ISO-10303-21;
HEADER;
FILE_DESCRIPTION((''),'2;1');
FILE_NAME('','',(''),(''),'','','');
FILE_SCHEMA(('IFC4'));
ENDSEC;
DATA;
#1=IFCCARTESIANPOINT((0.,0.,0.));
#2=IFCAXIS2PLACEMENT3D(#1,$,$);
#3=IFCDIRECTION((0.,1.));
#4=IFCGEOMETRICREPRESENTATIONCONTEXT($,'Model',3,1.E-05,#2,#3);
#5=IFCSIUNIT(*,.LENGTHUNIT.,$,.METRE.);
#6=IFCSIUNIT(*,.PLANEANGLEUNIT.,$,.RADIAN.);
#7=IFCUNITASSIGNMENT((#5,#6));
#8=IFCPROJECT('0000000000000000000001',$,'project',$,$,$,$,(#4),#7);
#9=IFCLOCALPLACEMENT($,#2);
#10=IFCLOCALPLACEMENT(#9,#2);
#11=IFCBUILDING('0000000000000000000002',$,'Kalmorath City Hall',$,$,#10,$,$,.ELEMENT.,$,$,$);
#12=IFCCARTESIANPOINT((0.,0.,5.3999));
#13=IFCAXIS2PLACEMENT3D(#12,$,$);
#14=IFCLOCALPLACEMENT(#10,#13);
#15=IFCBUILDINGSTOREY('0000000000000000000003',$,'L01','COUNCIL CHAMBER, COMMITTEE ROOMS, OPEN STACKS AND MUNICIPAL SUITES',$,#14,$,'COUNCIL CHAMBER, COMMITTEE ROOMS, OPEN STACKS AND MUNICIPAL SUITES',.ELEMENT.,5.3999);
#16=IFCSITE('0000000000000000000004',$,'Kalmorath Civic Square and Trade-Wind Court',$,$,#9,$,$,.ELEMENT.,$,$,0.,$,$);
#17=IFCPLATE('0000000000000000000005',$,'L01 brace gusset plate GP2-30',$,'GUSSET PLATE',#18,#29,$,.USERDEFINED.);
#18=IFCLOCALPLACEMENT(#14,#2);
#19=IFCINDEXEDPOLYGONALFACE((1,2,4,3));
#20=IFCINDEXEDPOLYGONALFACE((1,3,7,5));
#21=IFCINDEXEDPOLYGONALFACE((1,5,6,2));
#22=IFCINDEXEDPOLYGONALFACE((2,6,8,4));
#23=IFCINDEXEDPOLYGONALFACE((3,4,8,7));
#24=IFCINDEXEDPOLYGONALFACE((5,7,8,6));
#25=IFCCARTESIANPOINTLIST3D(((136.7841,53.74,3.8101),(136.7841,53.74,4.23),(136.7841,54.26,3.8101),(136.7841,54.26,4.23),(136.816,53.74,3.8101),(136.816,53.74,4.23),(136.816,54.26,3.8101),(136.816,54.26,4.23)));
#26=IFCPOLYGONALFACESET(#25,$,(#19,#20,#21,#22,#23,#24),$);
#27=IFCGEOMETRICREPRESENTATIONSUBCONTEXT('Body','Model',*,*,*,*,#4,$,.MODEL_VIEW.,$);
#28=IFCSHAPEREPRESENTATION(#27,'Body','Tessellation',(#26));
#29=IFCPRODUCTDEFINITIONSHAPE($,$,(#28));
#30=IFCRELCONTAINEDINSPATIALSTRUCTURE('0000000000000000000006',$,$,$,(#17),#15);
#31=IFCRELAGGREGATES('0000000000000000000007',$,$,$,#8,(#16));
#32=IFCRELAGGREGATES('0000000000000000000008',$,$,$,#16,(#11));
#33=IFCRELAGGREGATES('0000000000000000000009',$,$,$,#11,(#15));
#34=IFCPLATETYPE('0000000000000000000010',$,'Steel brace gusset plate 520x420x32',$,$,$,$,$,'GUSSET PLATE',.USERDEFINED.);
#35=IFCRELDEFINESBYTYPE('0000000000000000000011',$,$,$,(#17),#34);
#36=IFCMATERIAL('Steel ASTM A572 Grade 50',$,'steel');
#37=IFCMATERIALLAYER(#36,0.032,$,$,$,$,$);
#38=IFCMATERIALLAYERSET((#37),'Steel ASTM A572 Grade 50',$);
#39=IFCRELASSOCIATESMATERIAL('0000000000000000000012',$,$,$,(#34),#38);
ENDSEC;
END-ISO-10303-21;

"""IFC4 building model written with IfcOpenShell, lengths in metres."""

from ifc_helpers import new_model, si_unit, direction, frame, origin, origin_2d, place, context, subcontext, project, spatial, rectangle, extrude, material, layer, layer_set, type_object, element, save


model = new_model("IFC4")

# Units and contexts
model_context = context("Model", 3, precision=1e-05, world=origin(), true_north=direction((0.0, 1.0)))
body_context = subcontext(model_context, "Body", "Model", "MODEL_VIEW")
ifc_project = project(units=[si_unit("LENGTHUNIT", "METRE"), si_unit("PLANEANGLEUNIT", "RADIAN")], contexts=[model_context])

# Site, building, storey
site_placement = place(None, origin())
site = spatial("IfcSite", under=ifc_project, at=site_placement, Name="Kalmorath Civic Square and Trade-Wind Court", CompositionType="ELEMENT", RefElevation=0.0)
building_placement = place(site_placement, origin())
building = spatial("IfcBuilding", under=site, at=building_placement, Name="Kalmorath City Hall", CompositionType="ELEMENT")
storey_placement = place(building_placement, frame((0.0, 0.0, 5.3999)))
storey = spatial("IfcBuildingStorey", under=building, at=storey_placement, Name="L01", Description="COUNCIL CHAMBER, COMMITTEE ROOMS, OPEN STACKS AND MUNICIPAL SUITES", LongName="COUNCIL CHAMBER, COMMITTEE ROOMS, OPEN STACKS AND MUNICIPAL SUITES", CompositionType="ELEMENT", Elevation=5.3999)

# Plate
ifc_material_1 = material(Name="Steel ASTM A572 Grade 50", Category="steel")
ifc_layer_1 = layer(ifc_material_1, 0.032)
ifc_layer_set_1 = layer_set([ifc_layer_1], Name="Steel ASTM A572 Grade 50")
plate_type_1 = type_object("IfcPlateType", Name="Steel brace gusset plate 520x420x32", ElementType="GUSSET PLATE", PredefinedType="USERDEFINED", material=ifc_layer_set_1)
plate_1_placement = place(storey_placement, frame((136.8, 54.0, 3.8101), z_axis=(0.0, 0.0, 1.0), x_axis=(0.0, 1.0, 0.0)))
element("IfcPlate", 1, at=plate_1_placement, inside=storey, type_object=plate_type_1, Name="L01 brace gusset plate GP2-30", ObjectType="GUSSET PLATE", PredefinedType="USERDEFINED", context=body_context, shape_type="SweptSolid", body=[
    extrude(rectangle(XDim=0.52, YDim=0.032, at=origin_2d()), origin(), (0.0, 0.0, 1.0), 0.4199),
])

save(model, "model.ifc")
